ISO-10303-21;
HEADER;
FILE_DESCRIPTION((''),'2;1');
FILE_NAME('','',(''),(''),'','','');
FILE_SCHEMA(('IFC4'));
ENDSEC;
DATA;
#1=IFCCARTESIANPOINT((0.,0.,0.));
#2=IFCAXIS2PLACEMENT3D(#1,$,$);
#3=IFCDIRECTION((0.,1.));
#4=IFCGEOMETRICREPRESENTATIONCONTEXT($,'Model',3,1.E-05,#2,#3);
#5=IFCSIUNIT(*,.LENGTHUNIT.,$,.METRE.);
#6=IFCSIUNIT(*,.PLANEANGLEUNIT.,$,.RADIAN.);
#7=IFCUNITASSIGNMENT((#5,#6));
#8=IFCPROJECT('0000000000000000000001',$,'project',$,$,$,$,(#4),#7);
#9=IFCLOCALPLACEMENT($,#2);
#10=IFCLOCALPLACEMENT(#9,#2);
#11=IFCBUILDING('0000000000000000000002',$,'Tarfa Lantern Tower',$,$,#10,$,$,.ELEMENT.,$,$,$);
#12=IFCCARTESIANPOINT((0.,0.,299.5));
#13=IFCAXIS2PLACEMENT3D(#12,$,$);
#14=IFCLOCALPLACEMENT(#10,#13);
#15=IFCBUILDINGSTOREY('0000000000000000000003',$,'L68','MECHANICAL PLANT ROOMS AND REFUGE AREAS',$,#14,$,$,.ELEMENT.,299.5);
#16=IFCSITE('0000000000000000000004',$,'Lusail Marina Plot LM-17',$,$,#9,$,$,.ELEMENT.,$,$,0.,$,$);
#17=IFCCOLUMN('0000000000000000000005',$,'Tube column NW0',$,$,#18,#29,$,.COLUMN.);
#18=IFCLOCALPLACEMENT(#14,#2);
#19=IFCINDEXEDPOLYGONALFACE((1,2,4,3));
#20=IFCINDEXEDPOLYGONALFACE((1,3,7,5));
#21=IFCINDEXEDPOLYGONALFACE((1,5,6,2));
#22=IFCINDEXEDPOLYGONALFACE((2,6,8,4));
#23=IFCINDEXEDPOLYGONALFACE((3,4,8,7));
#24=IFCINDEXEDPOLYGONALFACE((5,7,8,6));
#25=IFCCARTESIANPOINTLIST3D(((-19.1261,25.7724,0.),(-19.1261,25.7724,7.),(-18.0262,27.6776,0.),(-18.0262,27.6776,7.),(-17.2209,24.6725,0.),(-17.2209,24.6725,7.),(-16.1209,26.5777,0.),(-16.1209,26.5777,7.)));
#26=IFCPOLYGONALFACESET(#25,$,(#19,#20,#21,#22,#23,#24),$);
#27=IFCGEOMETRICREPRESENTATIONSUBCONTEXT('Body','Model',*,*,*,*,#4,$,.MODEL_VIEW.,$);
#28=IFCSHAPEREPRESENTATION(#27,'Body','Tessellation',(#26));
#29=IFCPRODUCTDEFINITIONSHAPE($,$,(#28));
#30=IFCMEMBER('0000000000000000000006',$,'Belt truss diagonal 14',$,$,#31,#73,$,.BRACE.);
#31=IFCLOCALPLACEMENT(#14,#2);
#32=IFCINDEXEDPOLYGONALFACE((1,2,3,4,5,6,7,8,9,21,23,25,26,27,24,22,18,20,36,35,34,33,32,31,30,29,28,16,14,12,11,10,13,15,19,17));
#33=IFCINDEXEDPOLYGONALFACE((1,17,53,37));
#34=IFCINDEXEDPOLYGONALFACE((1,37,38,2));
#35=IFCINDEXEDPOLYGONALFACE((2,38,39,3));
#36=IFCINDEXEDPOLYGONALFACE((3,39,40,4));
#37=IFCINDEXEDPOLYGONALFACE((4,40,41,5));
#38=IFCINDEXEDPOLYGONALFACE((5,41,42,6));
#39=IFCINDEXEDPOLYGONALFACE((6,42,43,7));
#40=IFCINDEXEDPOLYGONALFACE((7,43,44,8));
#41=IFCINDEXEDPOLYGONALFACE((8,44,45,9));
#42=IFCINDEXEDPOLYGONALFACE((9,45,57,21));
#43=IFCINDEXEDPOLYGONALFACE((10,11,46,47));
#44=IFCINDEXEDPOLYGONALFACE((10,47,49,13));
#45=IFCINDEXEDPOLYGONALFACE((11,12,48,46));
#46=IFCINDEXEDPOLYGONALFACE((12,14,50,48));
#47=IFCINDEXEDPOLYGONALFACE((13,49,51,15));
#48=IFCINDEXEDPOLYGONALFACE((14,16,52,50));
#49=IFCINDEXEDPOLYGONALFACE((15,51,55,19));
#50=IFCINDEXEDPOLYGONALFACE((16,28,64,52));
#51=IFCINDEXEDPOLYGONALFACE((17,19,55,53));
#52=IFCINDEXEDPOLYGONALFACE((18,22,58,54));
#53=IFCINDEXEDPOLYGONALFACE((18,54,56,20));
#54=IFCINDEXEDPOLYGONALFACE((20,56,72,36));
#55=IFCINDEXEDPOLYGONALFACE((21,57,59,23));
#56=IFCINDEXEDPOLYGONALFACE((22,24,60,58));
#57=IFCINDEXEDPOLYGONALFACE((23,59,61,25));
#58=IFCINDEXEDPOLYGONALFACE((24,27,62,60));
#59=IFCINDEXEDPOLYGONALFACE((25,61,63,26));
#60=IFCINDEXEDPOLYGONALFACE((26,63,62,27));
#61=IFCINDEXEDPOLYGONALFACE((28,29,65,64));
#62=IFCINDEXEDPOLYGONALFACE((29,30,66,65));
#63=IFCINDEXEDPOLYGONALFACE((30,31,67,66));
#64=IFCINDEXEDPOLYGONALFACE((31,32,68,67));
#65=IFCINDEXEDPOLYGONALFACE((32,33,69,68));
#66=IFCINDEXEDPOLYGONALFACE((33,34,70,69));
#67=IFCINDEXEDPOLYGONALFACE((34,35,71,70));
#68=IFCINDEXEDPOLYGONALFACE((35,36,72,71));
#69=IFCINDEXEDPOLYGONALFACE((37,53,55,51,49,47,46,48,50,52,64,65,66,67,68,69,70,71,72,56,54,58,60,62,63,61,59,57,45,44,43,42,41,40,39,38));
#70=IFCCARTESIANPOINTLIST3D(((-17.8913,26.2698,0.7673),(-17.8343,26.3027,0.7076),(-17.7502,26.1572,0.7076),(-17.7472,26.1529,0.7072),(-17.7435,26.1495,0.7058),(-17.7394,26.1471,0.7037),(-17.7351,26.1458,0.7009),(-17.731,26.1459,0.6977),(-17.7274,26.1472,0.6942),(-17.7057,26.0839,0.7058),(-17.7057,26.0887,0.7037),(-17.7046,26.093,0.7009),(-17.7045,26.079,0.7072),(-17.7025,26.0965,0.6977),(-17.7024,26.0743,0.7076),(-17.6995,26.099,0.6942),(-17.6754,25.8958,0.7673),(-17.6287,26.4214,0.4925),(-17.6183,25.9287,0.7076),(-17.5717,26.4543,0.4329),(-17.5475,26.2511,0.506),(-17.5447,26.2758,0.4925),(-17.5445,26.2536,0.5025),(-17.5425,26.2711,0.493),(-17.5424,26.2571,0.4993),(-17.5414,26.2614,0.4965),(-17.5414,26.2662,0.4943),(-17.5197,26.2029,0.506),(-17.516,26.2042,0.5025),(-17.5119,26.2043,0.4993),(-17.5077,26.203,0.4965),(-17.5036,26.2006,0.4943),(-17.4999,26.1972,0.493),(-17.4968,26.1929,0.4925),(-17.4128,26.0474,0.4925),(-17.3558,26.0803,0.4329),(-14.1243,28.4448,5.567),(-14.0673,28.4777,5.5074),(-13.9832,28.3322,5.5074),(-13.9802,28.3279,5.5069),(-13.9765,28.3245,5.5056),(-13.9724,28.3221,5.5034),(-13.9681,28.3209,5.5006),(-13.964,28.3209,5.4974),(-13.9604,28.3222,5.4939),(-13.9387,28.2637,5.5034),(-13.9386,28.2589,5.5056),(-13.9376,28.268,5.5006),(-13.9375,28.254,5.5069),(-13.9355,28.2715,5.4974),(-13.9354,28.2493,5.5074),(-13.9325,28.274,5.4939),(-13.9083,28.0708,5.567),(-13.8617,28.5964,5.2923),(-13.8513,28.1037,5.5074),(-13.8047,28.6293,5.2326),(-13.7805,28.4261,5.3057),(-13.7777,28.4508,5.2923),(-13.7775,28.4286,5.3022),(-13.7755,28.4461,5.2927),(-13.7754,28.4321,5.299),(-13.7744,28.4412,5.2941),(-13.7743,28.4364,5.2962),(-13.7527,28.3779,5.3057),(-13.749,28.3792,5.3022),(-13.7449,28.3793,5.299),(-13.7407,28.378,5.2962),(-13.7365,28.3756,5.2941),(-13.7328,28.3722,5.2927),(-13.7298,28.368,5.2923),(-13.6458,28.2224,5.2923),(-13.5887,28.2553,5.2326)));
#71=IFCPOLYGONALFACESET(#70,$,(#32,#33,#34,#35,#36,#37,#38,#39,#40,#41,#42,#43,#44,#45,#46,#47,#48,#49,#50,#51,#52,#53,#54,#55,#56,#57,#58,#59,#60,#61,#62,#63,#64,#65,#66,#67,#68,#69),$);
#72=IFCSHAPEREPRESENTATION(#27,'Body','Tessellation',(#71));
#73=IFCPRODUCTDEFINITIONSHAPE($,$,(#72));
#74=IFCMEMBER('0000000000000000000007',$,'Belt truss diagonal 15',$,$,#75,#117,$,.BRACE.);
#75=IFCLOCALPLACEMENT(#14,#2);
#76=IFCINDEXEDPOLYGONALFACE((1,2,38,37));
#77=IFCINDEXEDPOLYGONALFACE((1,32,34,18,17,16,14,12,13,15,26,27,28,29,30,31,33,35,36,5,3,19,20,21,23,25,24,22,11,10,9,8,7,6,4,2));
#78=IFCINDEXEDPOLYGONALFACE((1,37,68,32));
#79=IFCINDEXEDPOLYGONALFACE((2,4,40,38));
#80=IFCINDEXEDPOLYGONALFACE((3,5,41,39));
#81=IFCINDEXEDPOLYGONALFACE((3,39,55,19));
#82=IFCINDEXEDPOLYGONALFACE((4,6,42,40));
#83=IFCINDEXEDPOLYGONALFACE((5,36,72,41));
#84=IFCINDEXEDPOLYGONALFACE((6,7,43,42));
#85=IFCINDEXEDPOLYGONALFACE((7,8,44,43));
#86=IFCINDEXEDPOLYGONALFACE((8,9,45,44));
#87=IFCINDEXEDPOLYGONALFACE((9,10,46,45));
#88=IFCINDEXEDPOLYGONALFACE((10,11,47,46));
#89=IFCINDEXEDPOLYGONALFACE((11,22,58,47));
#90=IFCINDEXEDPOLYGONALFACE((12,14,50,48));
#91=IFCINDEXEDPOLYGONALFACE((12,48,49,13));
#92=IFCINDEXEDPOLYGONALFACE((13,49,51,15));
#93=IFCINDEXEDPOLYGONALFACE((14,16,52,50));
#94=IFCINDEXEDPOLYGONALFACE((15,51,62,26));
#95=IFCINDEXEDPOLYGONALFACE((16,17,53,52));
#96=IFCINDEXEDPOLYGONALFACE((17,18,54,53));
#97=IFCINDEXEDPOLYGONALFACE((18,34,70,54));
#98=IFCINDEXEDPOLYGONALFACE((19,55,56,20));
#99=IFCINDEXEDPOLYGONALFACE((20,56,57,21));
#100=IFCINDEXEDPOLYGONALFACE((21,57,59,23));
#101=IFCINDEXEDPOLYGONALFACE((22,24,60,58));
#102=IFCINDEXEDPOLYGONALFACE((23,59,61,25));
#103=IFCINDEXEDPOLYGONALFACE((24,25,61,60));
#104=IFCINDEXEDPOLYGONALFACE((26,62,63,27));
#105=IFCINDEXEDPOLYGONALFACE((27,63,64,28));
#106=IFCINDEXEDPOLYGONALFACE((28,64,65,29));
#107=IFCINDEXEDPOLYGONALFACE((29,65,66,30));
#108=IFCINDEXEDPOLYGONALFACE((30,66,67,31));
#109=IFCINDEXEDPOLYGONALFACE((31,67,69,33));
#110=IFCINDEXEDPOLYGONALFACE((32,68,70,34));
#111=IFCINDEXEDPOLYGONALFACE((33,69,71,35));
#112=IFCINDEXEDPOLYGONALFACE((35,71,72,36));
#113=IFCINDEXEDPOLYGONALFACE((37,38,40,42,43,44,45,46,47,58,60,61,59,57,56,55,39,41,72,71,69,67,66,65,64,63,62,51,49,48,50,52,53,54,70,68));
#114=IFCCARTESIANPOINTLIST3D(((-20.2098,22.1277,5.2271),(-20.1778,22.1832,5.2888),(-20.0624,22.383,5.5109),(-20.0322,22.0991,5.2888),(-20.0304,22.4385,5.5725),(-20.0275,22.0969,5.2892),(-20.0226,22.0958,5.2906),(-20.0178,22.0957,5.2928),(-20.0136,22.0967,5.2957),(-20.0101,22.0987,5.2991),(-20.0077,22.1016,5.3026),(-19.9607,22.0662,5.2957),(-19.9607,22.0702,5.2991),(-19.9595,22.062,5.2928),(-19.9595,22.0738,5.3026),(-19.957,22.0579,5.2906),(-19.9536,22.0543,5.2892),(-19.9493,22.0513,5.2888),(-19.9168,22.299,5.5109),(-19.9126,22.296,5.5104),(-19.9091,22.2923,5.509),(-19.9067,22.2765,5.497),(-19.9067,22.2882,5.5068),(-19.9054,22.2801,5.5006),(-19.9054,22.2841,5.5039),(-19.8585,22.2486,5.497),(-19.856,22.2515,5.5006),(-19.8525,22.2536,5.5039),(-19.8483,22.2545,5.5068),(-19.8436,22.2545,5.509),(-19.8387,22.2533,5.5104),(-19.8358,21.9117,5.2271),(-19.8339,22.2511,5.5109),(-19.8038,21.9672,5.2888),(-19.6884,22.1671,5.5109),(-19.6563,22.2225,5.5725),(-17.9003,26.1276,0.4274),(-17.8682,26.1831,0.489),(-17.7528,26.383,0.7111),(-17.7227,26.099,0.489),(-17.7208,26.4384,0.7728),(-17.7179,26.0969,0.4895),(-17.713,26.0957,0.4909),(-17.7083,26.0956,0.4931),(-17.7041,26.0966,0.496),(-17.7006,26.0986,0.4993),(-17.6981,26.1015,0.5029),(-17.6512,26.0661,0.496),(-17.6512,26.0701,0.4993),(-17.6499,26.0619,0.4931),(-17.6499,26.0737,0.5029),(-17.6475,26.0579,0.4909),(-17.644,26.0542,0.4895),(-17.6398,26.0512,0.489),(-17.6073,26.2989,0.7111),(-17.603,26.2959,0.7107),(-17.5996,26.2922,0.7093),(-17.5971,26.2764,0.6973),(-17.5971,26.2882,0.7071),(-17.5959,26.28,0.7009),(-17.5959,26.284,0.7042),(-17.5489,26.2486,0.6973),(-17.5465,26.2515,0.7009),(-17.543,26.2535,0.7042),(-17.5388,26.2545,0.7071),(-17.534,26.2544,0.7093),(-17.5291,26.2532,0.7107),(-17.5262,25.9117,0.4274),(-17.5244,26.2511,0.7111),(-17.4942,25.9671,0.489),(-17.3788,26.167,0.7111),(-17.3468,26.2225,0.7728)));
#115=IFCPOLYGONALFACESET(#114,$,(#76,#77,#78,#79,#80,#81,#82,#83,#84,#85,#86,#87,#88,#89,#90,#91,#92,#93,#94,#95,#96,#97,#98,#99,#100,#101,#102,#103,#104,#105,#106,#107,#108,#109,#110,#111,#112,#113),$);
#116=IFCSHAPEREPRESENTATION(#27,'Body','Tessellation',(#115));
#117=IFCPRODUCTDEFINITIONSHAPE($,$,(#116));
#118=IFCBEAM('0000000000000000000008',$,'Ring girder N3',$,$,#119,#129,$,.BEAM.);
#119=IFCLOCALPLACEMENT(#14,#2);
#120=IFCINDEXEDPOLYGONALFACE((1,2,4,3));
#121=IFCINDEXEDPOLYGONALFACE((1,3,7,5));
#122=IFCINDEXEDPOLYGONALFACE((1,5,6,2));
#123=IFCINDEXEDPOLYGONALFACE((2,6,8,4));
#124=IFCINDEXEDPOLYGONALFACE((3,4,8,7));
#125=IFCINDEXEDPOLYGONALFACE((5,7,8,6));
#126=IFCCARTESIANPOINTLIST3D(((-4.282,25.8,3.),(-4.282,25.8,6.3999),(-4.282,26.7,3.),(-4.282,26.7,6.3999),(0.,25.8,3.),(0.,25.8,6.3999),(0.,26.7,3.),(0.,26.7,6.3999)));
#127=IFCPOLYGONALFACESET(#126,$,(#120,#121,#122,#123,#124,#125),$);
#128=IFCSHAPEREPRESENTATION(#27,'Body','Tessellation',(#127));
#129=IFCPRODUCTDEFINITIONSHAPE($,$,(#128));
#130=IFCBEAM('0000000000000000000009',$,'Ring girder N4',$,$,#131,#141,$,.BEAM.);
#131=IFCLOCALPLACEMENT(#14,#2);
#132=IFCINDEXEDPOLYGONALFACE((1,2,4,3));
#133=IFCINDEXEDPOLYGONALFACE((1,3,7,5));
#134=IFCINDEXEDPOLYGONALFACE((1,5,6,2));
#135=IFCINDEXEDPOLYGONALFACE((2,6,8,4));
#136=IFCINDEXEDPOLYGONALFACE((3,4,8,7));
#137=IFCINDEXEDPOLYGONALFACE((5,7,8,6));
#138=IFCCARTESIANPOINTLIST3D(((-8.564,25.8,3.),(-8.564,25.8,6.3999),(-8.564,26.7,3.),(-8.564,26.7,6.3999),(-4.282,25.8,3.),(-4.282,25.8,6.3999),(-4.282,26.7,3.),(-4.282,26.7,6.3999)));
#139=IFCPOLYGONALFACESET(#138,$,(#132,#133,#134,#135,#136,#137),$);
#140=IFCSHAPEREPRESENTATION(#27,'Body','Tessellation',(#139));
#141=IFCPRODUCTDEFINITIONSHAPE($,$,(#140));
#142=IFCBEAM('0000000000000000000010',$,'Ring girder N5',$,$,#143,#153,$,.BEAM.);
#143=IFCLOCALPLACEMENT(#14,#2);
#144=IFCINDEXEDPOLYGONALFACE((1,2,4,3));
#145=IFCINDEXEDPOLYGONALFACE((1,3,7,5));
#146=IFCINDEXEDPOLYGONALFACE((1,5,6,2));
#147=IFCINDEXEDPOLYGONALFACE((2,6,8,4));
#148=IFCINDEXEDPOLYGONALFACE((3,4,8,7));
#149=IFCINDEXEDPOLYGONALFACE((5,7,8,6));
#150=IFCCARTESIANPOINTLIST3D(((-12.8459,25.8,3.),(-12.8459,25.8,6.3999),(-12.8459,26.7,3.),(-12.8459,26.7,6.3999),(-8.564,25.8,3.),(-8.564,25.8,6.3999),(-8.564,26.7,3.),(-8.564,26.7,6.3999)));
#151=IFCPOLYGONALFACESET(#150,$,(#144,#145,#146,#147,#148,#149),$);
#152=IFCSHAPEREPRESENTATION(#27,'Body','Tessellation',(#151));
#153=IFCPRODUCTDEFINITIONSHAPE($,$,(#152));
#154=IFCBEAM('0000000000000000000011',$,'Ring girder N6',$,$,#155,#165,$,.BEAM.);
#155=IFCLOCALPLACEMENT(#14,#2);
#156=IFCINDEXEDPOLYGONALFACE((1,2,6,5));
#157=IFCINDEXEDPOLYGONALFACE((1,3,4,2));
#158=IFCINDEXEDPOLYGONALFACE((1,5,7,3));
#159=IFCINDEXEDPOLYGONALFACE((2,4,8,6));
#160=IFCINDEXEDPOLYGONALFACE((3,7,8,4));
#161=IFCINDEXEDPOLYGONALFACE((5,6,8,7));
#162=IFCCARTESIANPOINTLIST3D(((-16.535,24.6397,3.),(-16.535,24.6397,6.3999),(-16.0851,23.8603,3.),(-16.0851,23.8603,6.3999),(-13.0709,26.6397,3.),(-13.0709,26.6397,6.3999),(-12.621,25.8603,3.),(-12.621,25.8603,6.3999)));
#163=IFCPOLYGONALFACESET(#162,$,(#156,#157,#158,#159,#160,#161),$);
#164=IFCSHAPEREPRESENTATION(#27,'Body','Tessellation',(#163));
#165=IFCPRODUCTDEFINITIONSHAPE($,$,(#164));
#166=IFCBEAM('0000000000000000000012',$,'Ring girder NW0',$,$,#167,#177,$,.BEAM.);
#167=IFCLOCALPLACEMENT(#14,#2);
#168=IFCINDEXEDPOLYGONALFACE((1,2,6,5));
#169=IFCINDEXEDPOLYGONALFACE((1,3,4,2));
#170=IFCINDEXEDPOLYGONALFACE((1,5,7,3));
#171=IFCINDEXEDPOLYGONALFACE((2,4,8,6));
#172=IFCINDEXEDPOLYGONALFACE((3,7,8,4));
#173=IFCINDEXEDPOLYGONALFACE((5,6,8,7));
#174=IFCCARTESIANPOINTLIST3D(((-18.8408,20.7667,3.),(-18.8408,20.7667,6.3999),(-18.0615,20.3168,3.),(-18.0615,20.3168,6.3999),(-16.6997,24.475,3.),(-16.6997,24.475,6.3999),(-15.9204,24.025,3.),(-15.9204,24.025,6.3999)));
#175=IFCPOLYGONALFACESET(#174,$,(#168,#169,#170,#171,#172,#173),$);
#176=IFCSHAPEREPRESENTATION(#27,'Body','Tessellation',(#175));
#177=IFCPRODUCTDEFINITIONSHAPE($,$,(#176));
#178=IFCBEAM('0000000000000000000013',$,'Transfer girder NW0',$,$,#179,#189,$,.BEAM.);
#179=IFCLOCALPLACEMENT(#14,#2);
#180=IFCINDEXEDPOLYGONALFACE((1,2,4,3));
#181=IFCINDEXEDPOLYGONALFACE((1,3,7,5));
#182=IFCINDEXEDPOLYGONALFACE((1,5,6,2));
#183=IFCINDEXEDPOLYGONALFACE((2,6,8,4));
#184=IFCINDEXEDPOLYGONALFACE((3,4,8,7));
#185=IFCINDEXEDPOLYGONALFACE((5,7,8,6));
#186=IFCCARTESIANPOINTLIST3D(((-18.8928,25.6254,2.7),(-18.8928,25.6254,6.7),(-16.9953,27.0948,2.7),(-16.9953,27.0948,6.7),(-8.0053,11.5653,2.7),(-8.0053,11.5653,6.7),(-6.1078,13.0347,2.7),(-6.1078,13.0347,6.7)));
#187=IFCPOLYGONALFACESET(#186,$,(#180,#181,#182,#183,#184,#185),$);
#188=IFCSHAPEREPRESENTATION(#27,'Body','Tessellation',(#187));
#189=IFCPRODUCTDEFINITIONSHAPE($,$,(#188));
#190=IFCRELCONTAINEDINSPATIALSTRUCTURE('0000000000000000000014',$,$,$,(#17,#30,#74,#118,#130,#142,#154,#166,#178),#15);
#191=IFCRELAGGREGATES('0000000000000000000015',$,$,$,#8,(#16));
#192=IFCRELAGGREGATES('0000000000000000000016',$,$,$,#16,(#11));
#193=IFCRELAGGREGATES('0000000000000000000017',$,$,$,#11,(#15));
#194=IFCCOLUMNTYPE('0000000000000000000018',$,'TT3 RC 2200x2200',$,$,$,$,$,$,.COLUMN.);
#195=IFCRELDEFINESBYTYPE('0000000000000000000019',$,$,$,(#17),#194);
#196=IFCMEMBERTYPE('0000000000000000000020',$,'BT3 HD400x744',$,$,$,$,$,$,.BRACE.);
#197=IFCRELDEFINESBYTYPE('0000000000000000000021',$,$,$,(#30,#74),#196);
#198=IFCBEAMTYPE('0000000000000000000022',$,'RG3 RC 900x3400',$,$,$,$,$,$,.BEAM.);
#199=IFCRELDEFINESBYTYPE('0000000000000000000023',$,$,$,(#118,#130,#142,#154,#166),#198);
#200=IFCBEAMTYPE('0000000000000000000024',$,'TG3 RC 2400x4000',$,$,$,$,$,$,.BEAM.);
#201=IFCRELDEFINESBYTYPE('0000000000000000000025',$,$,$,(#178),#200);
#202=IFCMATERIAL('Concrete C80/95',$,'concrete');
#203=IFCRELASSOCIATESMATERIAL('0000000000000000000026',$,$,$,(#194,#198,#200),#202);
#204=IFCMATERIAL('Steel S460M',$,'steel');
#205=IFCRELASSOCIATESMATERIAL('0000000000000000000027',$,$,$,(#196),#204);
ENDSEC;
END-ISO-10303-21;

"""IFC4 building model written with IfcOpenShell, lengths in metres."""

from ifc_helpers import new_model, si_unit, direction, frame, origin, origin_2d, place, context, subcontext, project, spatial, rectangle, i_section, extrude, material, material_profile, profile_set, type_object, element, save


model = new_model("IFC4")

# Units and contexts
model_context = context("Model", 3, precision=1e-05, world=origin(), true_north=direction((0.0, 1.0)))
body_context = subcontext(model_context, "Body", "Model", "MODEL_VIEW")
ifc_project = project(units=[si_unit("LENGTHUNIT", "METRE"), si_unit("PLANEANGLEUNIT", "RADIAN")], contexts=[model_context])

# Site, building, storey
site_placement = place(None, origin())
site = spatial("IfcSite", under=ifc_project, at=site_placement, Name="Lusail Marina Plot LM-17", CompositionType="ELEMENT", RefElevation=0.0)
building_placement = place(site_placement, origin())
building = spatial("IfcBuilding", under=site, at=building_placement, Name="Tarfa Lantern Tower", CompositionType="ELEMENT")
storey_placement = place(building_placement, frame((0.0, 0.0, 299.5)))
storey = spatial("IfcBuildingStorey", under=building, at=storey_placement, Name="L68", Description="MECHANICAL PLANT ROOMS AND REFUGE AREAS", CompositionType="ELEMENT", Elevation=299.5)

# Column
ifc_material_1 = material(Name="Concrete C80/95", Category="concrete")
ifc_material_profile_1 = material_profile(ifc_material_1, rectangle(XDim=2.2, YDim=2.2, at=origin_2d()), Name="RC 2200x2200")
ifc_profile_set_1 = profile_set([ifc_material_profile_1], Name="Concrete C80/95")
column_type = type_object("IfcColumnType", Name="TT3 RC 2200x2200", PredefinedType="COLUMN", material=ifc_profile_set_1)
column_placement = place(storey_placement, frame((-17.6235, 26.175, 0.0), z_axis=(0.0, 0.0, 1.0), x_axis=(-0.5, -0.866025, 0.0)))
element("IfcColumn", 1, at=column_placement, inside=storey, type_object=column_type, Name="Tube column NW0", PredefinedType="COLUMN", context=body_context, shape_type="SweptSolid", body=[
    extrude(rectangle(XDim=2.2, YDim=2.2, at=origin_2d()), origin(), (0.0, 0.0, 1.0), 7.0),
])

# Members
ifc_material_2 = material(Name="Steel S460M", Category="steel")
ifc_material_profile_2 = material_profile(ifc_material_2, i_section(OverallWidth=0.4319, OverallDepth=0.498, WebThickness=0.0557, FlangeThickness=0.0889, FilletRadius=0.02, at=origin_2d()), Name="HD400x744")
ifc_profile_set_2 = profile_set([ifc_material_profile_2], Name="Steel S460M")
member_type = type_object("IfcMemberType", Name="BT3 HD400x744", PredefinedType="BRACE", material=ifc_profile_set_2)
member_1_placement = place(storey_placement, frame((-17.6235, 26.175, 0.6001), z_axis=(0.581552, 0.335778, 0.74098), x_axis=(-0.50002, 0.866014, 0.0)))
element("IfcMember", 2, at=member_1_placement, inside=storey, type_object=member_type, Name="Belt truss diagonal 14", PredefinedType="BRACE", context=body_context, shape_type="SweptSolid", body=[
    extrude(i_section(OverallWidth=0.4319, OverallDepth=0.498, WebThickness=0.0557, FlangeThickness=0.0889, FilletRadius=0.02, at=origin_2d()), origin(), (0.0, 0.0, 1.0), 6.4775),
])
member_2_placement = place(storey_placement, frame((-17.6235, 26.175, 0.6001), z_axis=(-0.346717, -0.600488, 0.720556), x_axis=(0.86601, -0.500027, 0.0)))
element("IfcMember", 3, at=member_2_placement, inside=storey, type_object=member_type, Name="Belt truss diagonal 15", PredefinedType="BRACE", context=body_context, shape_type="SweptSolid", body=[
    extrude(i_section(OverallWidth=0.4319, OverallDepth=0.498, WebThickness=0.0557, FlangeThickness=0.0889, FilletRadius=0.02, at=origin_2d()), origin(), (0.0, 0.0, 1.0), 6.6611),
])

# Beams
ifc_material_profile_3 = material_profile(ifc_material_1, rectangle(XDim=0.8999, YDim=3.3999, at=origin_2d()), Name="RC 900x3400")
ifc_profile_set_3 = profile_set([ifc_material_profile_3], Name="Concrete C80/95")
beam_type_1 = type_object("IfcBeamType", Name="RG3 RC 900x3400", PredefinedType="BEAM", material=ifc_profile_set_3)
for number, where, z_axis, x_axis, name in (
    (4, (0.0, 26.25, 4.7), (-1.0, 0.0, 0.0), (0.0, -1.0, 0.0), "Ring girder N3"),
    (5, (-4.282, 26.25, 4.7), (-1.0, 0.0, 0.0), (0.0, -1.0, 0.0), "Ring girder N4"),
    (6, (-8.564, 26.25, 4.7), (-1.0, 0.0, 0.0), (0.0, -1.0, 0.0), "Ring girder N5"),
):
    element("IfcBeam", number, at=place(storey_placement, frame(where, z_axis=z_axis, x_axis=x_axis)), inside=storey, type_object=beam_type_1, Name=name, PredefinedType="BEAM", context=body_context, shape_type="SweptSolid", body=[
        extrude(rectangle(XDim=0.8999, YDim=3.3999, at=origin_2d()), origin(), (0.0, 0.0, 1.0), 4.282),
    ])
beam_1_placement = place(storey_placement, frame((-12.8459, 26.25, 4.7), z_axis=(-0.866026, -0.499999, 0.0), x_axis=(0.499999, -0.866026, 0.0)))
element("IfcBeam", 7, at=beam_1_placement, inside=storey, type_object=beam_type_1, Name="Ring girder N6", PredefinedType="BEAM", context=body_context, shape_type="SweptSolid", body=[
    extrude(rectangle(XDim=0.8999, YDim=3.3999, at=origin_2d()), origin(), (0.0, 0.0, 1.0), 4.0),
])
beam_2_placement = place(storey_placement, frame((-16.3101, 24.25, 4.7), z_axis=(-0.500027, -0.86601, 0.0), x_axis=(0.86601, -0.500027, 0.0)))
element("IfcBeam", 8, at=beam_2_placement, inside=storey, type_object=beam_type_1, Name="Ring girder NW0", PredefinedType="BEAM", context=body_context, shape_type="SweptSolid", body=[
    extrude(rectangle(XDim=0.8999, YDim=3.3999, at=origin_2d()), origin(), (0.0, 0.0, 1.0), 4.282),
])
ifc_material_profile_4 = material_profile(ifc_material_1, rectangle(XDim=2.3999, YDim=4.0, at=origin_2d()), Name="RC 2400x4000")
ifc_profile_set_4 = profile_set([ifc_material_profile_4], Name="Concrete C80/95")
beam_type_2 = type_object("IfcBeamType", Name="TG3 RC 2400x4000", PredefinedType="BEAM", material=ifc_profile_set_4)
beam_3_placement = place(storey_placement, frame((-17.9441, 26.3601, 4.7), z_axis=(0.612252, -0.790663, 0.0), x_axis=(0.790663, 0.612252, 0.0)))
element("IfcBeam", 9, at=beam_3_placement, inside=storey, type_object=beam_type_2, Name="Transfer girder NW0", PredefinedType="BEAM", context=body_context, shape_type="SweptSolid", body=[
    extrude(rectangle(XDim=2.3999, YDim=4.0, at=origin_2d()), origin(), (0.0, 0.0, 1.0), 17.7827),
])

save(model, "model.ifc")
